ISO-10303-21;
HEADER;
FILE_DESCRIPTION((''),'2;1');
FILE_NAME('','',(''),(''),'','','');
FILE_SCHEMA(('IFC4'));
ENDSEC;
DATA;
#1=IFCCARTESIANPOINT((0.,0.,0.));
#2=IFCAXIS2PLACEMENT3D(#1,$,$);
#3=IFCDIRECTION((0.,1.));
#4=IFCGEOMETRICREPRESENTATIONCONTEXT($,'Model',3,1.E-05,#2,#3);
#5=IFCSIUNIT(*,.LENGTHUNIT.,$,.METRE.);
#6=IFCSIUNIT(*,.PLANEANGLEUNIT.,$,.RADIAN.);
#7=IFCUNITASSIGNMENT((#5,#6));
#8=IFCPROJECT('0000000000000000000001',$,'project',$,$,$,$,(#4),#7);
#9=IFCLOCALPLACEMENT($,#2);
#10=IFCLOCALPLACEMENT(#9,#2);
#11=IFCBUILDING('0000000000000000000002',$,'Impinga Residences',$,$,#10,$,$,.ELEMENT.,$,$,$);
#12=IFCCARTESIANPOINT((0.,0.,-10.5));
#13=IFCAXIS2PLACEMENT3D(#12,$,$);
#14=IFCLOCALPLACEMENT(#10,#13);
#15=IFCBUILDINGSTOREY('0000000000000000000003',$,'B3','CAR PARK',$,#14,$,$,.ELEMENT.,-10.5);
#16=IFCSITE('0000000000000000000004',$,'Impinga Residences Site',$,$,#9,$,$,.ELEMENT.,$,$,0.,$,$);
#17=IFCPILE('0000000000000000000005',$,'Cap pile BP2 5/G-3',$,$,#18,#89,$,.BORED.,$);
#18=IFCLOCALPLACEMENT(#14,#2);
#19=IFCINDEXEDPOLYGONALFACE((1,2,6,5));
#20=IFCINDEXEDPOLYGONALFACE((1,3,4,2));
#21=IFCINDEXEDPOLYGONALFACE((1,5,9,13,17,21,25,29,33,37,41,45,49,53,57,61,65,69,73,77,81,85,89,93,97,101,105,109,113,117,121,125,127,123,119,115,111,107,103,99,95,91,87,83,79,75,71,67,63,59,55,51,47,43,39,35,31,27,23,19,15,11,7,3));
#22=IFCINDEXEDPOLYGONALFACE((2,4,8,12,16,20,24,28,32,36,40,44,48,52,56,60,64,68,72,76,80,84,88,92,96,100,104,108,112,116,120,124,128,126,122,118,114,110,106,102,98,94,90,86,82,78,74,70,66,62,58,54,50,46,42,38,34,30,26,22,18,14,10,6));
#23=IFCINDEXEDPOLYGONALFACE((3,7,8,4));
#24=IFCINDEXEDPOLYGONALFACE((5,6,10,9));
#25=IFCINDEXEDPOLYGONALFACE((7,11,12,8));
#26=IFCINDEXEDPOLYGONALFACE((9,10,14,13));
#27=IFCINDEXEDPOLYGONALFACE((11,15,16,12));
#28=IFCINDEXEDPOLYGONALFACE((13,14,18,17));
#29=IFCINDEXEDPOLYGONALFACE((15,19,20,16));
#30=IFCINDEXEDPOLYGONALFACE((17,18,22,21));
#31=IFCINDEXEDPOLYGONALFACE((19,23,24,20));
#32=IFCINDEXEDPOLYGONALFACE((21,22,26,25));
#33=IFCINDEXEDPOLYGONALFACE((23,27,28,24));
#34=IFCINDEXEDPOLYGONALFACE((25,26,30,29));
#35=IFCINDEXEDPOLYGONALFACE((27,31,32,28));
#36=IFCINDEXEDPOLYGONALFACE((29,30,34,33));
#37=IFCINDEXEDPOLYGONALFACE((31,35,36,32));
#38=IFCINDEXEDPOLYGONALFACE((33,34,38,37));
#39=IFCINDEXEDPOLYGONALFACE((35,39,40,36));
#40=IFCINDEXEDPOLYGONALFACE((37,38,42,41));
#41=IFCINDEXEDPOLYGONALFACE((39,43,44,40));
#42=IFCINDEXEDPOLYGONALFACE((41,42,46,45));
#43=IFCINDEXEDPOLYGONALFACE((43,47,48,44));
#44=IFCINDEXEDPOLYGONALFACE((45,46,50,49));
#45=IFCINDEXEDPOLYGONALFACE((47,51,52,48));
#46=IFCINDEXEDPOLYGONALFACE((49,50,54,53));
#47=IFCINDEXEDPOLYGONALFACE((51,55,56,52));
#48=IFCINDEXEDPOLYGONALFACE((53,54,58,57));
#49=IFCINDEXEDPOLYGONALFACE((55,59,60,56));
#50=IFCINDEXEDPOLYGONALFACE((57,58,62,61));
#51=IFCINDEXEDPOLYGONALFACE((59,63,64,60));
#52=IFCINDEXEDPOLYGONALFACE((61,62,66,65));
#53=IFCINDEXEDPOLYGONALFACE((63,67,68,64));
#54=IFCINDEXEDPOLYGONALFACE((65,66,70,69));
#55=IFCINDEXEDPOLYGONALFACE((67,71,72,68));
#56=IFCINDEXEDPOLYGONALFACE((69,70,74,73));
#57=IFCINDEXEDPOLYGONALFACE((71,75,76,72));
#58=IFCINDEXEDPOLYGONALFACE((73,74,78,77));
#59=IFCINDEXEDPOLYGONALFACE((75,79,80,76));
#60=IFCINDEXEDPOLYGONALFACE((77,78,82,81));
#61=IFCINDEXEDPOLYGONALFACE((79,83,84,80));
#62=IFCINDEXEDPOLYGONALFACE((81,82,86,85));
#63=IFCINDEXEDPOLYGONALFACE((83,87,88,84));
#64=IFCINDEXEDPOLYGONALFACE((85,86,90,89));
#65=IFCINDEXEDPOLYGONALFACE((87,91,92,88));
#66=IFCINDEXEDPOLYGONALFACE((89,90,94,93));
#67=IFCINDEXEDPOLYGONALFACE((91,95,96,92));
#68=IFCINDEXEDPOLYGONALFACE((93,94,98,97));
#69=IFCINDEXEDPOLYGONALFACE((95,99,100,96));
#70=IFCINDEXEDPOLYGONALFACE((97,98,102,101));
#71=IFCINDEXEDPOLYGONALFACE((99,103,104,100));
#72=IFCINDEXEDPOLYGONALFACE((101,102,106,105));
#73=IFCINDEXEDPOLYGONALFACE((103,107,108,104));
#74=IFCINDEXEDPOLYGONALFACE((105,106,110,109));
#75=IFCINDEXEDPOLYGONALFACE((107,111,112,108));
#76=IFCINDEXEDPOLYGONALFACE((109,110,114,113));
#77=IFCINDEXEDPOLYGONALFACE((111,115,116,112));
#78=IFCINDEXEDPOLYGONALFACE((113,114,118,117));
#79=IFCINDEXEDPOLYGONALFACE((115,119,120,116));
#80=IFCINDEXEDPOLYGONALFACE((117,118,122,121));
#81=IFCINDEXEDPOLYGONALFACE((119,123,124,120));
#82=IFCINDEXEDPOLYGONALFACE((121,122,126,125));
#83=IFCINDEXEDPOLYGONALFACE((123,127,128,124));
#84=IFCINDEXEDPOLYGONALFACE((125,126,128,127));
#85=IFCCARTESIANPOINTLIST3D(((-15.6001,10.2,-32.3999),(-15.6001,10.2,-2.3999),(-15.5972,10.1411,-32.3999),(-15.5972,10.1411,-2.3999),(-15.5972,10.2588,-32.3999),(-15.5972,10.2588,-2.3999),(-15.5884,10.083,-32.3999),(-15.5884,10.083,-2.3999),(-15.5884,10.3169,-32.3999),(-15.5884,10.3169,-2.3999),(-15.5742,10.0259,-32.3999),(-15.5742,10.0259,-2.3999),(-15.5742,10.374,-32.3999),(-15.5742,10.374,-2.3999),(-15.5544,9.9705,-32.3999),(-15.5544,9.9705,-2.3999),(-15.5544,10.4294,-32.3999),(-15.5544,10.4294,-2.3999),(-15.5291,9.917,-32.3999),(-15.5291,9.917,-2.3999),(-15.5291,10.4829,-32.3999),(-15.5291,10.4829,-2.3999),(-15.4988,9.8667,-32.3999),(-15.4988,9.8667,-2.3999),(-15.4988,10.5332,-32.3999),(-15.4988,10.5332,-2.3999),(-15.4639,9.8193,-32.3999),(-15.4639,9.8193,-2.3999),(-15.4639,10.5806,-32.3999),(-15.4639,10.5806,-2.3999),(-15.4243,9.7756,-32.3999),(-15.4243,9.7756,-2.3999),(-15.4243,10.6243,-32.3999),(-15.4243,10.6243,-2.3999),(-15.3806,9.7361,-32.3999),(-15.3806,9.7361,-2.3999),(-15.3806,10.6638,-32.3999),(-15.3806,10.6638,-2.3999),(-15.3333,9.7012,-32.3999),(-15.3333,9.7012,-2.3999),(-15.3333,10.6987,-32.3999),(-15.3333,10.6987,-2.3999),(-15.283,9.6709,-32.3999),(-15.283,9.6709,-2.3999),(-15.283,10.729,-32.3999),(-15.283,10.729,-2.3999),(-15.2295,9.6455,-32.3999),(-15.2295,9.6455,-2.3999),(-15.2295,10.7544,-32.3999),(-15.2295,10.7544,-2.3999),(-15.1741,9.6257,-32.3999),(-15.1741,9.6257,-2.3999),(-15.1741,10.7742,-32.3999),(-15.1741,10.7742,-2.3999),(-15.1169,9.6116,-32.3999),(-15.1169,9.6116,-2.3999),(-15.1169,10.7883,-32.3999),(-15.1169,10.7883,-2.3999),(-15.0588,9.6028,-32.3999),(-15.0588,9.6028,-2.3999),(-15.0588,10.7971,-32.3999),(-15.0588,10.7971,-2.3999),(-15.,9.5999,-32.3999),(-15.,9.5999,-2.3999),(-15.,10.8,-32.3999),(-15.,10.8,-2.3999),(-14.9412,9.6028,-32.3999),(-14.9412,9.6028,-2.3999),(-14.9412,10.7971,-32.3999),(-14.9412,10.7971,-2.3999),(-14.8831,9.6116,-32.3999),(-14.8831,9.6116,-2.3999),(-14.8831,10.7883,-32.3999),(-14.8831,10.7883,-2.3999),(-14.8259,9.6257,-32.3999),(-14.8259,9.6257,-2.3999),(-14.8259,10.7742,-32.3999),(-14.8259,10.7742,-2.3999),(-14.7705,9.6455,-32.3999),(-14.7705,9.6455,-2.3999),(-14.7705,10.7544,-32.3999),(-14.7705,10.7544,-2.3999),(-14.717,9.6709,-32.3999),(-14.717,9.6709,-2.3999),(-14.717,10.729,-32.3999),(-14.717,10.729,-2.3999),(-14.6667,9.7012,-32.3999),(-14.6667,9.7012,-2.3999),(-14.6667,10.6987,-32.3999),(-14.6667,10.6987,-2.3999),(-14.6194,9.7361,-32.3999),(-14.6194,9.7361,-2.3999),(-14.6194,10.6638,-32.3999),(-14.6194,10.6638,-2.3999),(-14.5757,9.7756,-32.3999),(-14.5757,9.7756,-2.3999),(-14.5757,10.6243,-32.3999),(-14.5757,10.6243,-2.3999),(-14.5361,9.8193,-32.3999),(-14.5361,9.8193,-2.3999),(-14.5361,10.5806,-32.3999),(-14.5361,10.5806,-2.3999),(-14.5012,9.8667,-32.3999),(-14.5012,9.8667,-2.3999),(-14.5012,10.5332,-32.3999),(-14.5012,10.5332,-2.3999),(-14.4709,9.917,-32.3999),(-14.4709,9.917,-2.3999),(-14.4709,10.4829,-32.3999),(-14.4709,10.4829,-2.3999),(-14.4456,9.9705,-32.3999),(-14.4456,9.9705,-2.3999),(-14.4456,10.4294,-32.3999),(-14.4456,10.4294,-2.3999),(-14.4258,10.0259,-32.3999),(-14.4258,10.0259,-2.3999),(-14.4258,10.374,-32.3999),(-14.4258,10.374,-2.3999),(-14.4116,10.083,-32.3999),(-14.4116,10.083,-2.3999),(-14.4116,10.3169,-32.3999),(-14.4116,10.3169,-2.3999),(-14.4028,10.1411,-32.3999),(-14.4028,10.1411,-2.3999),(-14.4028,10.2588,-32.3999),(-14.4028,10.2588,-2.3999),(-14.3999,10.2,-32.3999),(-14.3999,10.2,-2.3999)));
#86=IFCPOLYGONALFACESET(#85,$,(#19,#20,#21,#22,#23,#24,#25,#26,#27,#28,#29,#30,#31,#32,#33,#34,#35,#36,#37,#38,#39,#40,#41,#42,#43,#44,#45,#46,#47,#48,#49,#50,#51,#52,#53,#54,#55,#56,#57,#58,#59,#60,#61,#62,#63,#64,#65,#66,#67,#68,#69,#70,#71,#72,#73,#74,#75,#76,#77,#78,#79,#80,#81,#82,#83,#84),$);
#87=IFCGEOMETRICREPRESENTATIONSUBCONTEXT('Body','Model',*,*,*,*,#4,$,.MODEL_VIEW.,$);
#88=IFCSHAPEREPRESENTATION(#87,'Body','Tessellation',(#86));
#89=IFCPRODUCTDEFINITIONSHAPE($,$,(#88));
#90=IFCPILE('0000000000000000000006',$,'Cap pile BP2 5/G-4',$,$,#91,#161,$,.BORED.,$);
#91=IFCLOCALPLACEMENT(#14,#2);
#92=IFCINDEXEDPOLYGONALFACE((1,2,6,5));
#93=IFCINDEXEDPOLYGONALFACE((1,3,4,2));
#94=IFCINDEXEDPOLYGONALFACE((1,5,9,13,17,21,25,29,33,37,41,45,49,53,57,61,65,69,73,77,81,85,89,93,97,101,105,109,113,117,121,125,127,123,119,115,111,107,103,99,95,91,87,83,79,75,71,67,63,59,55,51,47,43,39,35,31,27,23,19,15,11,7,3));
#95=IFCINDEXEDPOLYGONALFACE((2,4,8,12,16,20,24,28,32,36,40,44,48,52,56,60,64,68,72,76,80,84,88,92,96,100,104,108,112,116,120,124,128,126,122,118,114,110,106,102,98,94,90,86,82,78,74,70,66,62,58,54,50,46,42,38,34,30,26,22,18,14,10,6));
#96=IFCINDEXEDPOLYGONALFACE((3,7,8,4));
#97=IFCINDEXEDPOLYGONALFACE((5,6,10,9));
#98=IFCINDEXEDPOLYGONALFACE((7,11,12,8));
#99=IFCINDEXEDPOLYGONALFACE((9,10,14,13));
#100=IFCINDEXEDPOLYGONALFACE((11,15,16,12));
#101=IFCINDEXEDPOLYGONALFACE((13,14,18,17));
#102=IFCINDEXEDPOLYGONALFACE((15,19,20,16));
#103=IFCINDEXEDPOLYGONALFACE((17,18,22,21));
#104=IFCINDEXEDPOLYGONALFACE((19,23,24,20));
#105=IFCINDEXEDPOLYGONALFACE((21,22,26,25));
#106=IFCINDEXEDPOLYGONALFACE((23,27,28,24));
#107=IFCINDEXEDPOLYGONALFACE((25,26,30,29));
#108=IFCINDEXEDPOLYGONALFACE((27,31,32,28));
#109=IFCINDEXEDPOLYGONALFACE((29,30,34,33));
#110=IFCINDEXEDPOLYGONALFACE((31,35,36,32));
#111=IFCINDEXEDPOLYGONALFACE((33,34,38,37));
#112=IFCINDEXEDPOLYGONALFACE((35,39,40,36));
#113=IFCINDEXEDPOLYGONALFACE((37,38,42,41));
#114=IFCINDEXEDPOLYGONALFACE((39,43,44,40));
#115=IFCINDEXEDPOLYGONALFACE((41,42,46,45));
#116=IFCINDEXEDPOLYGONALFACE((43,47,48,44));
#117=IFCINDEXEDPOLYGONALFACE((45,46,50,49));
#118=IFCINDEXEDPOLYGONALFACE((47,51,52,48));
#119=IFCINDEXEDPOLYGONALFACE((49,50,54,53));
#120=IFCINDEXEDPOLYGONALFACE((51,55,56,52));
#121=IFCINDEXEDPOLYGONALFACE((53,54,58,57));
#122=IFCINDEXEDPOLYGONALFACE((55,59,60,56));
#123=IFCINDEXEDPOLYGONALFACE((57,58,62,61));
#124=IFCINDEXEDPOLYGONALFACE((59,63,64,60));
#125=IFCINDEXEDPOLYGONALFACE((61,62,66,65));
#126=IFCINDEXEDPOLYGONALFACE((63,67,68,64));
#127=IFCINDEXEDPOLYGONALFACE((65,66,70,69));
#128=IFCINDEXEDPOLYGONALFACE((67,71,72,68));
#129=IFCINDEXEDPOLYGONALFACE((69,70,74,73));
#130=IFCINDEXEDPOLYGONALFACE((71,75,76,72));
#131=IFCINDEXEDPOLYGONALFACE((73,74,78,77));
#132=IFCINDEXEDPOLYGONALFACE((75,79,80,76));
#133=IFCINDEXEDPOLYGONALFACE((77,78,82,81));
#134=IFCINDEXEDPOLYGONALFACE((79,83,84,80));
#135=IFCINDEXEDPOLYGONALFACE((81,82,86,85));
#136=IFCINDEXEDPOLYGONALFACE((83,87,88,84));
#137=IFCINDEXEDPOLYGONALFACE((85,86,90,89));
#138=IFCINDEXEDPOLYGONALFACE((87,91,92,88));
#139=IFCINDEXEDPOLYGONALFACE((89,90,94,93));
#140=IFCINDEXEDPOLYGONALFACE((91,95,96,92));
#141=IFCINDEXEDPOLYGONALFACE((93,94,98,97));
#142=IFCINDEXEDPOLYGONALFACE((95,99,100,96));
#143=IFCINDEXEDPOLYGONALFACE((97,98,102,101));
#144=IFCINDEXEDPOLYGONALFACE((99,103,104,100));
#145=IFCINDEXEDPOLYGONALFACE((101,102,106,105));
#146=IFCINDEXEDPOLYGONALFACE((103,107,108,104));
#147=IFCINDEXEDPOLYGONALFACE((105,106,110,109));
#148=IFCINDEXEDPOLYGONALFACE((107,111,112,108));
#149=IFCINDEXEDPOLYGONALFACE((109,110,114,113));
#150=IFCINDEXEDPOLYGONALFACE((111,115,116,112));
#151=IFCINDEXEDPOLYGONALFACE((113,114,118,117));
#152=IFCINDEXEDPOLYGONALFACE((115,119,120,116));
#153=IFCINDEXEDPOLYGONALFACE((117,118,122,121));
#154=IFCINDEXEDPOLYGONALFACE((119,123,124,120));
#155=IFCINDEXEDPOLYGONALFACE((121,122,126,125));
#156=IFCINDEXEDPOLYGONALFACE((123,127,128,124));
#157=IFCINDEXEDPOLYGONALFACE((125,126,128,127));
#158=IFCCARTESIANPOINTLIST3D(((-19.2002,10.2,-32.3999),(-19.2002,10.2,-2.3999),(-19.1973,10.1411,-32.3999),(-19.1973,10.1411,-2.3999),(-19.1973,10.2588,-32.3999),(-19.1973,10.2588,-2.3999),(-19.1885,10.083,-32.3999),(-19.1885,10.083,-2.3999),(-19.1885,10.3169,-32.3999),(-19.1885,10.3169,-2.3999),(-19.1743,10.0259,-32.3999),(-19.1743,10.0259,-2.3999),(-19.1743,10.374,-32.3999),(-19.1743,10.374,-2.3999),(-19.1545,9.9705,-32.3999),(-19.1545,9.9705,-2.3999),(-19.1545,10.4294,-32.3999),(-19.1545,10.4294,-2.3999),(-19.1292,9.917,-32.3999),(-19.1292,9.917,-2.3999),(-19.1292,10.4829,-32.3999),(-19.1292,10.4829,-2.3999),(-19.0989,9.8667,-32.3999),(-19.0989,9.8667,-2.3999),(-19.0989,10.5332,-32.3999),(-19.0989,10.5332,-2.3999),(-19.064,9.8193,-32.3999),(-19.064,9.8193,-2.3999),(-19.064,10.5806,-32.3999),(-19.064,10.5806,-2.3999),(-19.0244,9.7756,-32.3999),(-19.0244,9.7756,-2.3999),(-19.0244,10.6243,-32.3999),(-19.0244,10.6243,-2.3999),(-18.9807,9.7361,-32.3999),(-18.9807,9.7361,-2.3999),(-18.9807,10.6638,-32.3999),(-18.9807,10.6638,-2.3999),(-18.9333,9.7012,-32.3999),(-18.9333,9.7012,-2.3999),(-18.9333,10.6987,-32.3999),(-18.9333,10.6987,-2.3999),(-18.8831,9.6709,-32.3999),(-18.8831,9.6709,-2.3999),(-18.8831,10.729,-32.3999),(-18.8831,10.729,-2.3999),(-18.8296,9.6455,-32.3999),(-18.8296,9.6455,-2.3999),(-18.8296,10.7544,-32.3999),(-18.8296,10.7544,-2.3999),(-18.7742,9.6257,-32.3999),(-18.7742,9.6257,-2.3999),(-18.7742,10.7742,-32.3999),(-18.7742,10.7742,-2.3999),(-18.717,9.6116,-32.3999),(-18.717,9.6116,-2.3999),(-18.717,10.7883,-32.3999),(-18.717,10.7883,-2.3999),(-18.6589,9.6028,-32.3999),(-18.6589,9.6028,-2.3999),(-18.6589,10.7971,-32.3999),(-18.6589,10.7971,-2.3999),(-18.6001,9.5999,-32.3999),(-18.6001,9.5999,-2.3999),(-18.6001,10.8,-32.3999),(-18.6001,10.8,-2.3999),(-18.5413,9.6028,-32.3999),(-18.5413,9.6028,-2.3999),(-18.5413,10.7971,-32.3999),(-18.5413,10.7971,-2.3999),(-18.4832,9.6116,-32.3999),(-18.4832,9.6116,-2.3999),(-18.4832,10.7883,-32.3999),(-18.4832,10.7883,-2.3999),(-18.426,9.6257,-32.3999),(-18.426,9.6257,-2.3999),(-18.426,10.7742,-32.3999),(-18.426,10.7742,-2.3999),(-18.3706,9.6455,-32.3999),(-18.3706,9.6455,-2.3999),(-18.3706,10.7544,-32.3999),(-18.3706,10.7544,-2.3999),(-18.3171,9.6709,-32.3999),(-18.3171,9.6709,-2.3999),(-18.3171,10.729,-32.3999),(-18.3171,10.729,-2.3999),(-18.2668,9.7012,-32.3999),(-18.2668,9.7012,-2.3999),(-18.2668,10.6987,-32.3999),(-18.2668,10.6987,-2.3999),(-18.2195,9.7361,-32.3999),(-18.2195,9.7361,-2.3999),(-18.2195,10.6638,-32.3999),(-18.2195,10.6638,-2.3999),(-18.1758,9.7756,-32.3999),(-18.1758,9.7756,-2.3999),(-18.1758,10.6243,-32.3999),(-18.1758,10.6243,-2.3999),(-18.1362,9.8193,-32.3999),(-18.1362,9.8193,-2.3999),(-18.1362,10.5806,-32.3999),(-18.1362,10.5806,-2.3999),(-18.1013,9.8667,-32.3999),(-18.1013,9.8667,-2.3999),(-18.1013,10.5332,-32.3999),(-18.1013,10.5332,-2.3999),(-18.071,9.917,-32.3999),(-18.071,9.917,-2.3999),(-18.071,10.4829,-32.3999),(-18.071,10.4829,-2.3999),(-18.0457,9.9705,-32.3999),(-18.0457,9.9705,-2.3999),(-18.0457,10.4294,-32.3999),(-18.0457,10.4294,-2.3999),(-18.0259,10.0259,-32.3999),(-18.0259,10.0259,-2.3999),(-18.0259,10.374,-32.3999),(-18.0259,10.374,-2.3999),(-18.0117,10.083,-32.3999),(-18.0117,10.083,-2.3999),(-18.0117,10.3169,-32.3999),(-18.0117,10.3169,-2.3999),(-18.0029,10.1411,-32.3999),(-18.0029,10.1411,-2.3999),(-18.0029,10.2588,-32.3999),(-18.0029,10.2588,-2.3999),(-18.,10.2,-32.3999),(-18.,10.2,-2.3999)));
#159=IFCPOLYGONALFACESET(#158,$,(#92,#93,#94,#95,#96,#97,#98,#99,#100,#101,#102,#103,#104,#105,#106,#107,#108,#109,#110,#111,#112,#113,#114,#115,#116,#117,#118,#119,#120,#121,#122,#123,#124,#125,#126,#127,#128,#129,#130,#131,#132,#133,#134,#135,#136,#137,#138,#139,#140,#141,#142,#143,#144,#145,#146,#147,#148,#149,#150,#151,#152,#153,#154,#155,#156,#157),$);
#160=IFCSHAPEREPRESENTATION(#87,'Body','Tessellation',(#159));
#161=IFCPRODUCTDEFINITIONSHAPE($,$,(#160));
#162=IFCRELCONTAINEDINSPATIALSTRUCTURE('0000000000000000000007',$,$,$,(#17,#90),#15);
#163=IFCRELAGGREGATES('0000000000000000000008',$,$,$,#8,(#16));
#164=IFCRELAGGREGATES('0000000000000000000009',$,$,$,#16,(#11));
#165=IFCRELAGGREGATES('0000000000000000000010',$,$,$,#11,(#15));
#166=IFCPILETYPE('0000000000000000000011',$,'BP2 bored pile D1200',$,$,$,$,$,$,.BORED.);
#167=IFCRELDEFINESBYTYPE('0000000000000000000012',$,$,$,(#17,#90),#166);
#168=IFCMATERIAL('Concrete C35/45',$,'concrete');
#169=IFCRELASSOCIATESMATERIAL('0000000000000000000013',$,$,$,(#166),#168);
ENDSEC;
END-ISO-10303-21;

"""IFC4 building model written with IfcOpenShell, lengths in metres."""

from ifc_helpers import new_model, si_unit, direction, frame, origin, origin_2d, place, context, subcontext, project, spatial, polyline, circle, outline, extrude, material, material_profile, profile_set, type_object, element, save


model = new_model("IFC4")

# Units and contexts
model_context = context("Model", 3, precision=1e-05, world=origin(), true_north=direction((0.0, 1.0)))
body_context = subcontext(model_context, "Body", "Model", "MODEL_VIEW")
ifc_project = project(units=[si_unit("LENGTHUNIT", "METRE"), si_unit("PLANEANGLEUNIT", "RADIAN")], contexts=[model_context])

# Site, building, storey
site_placement = place(None, origin())
site = spatial("IfcSite", under=ifc_project, at=site_placement, Name="Impinga Residences Site", CompositionType="ELEMENT", RefElevation=0.0)
building_placement = place(site_placement, origin())
building = spatial("IfcBuilding", under=site, at=building_placement, Name="Impinga Residences", CompositionType="ELEMENT")
storey_placement = place(building_placement, frame((0.0, 0.0, -10.5)))
storey = spatial("IfcBuildingStorey", under=building, at=storey_placement, Name="B3", Description="CAR PARK", CompositionType="ELEMENT", Elevation=-10.5)

# Piles
ifc_material_1 = material(Name="Concrete C35/45", Category="concrete")
ifc_material_profile_1 = material_profile(ifc_material_1, circle(Radius=0.6001, at=origin_2d()), Name="D1200")
ifc_profile_set_1 = profile_set([ifc_material_profile_1], Name="Concrete C35/45")
pile_type_1 = type_object("IfcPileType", Name="BP2 bored pile D1200", PredefinedType="BORED", material=ifc_profile_set_1)
pile_1_placement = place(storey_placement, frame((-15.0, 10.2, -2.3999), z_axis=(0.0, 0.0, -1.0), x_axis=(1.0, 0.0, 0.0)))
element("IfcPile", 1, at=pile_1_placement, inside=storey, type_object=pile_type_1, Name="Cap pile BP2 5/G-3", PredefinedType="BORED", context=body_context, shape_type="SweptSolid", body=[
    extrude(outline(polyline([(0.6001, 0.0), (0.5972, 0.0588), (0.5884, 0.1169), (0.5742, 0.1741), (0.5544, 0.2295), (0.5291, 0.283), (0.4988, 0.3333), (0.4639, 0.3806), (0.4243, 0.4243), (0.3806, 0.4639), (0.3333, 0.4988), (0.283, 0.5291), (0.2295, 0.5544), (0.1741, 0.5742), (0.1169, 0.5884), (0.0588, 0.5972), (0.0, 0.6001), (-0.0588, 0.5972), (-0.1169, 0.5884), (-0.1741, 0.5742), (-0.2295, 0.5544), (-0.283, 0.5291), (-0.3333, 0.4988), (-0.3806, 0.4639), (-0.4243, 0.4243), (-0.4639, 0.3806), (-0.4988, 0.3333), (-0.5291, 0.283), (-0.5544, 0.2295), (-0.5742, 0.1741), (-0.5884, 0.1169), (-0.5972, 0.0588), (-0.6001, 0.0), (-0.5972, -0.0588), (-0.5884, -0.1169), (-0.5742, -0.1741), (-0.5544, -0.2295), (-0.5291, -0.283), (-0.4988, -0.3333), (-0.4639, -0.3806), (-0.4243, -0.4243), (-0.3806, -0.4639), (-0.3333, -0.4988), (-0.283, -0.5291), (-0.2295, -0.5544), (-0.1741, -0.5742), (-0.1169, -0.5884), (-0.0588, -0.5972), (0.0, -0.6001), (0.0588, -0.5972), (0.1169, -0.5884), (0.1741, -0.5742), (0.2295, -0.5544), (0.283, -0.5291), (0.3333, -0.4988), (0.3806, -0.4639), (0.4243, -0.4243), (0.4639, -0.3806), (0.4988, -0.3333), (0.5291, -0.283), (0.5544, -0.2295), (0.5742, -0.1741), (0.5884, -0.1169), (0.5972, -0.0588), (0.6001, 0.0)])), origin(), (0.0, 0.0, 1.0), 30.0),
])
pile_2_placement = place(storey_placement, frame((-18.6001, 10.2, -2.3999), z_axis=(0.0, 0.0, -1.0), x_axis=(1.0, 0.0, 0.0)))
element("IfcPile", 2, at=pile_2_placement, inside=storey, type_object=pile_type_1, Name="Cap pile BP2 5/G-4", PredefinedType="BORED", context=body_context, shape_type="SweptSolid", body=[
    extrude(outline(polyline([(0.6001, 0.0), (0.5972, 0.0588), (0.5884, 0.1169), (0.5742, 0.1741), (0.5544, 0.2295), (0.5291, 0.283), (0.4988, 0.3333), (0.4639, 0.3806), (0.4243, 0.4243), (0.3806, 0.4639), (0.3333, 0.4988), (0.283, 0.5291), (0.2295, 0.5544), (0.1741, 0.5742), (0.1169, 0.5884), (0.0588, 0.5972), (0.0, 0.6001), (-0.0588, 0.5972), (-0.1169, 0.5884), (-0.1741, 0.5742), (-0.2295, 0.5544), (-0.283, 0.5291), (-0.3333, 0.4988), (-0.3806, 0.4639), (-0.4243, 0.4243), (-0.4639, 0.3806), (-0.4988, 0.3333), (-0.5291, 0.283), (-0.5544, 0.2295), (-0.5742, 0.1741), (-0.5884, 0.1169), (-0.5972, 0.0588), (-0.6001, 0.0), (-0.5972, -0.0588), (-0.5884, -0.1169), (-0.5742, -0.1741), (-0.5544, -0.2295), (-0.5291, -0.283), (-0.4988, -0.3333), (-0.4639, -0.3806), (-0.4243, -0.4243), (-0.3806, -0.4639), (-0.3333, -0.4988), (-0.283, -0.5291), (-0.2295, -0.5544), (-0.1741, -0.5742), (-0.1169, -0.5884), (-0.0588, -0.5972), (0.0, -0.6001), (0.0588, -0.5972), (0.1169, -0.5884), (0.1741, -0.5742), (0.2295, -0.5544), (0.283, -0.5291), (0.3333, -0.4988), (0.3806, -0.4639), (0.4243, -0.4243), (0.4639, -0.3806), (0.4988, -0.3333), (0.5291, -0.283), (0.5544, -0.2295), (0.5742, -0.1741), (0.5884, -0.1169), (0.5972, -0.0588), (0.6001, 0.0)])), origin(), (0.0, 0.0, 1.0), 30.0),
])

save(model, "model.ifc")
